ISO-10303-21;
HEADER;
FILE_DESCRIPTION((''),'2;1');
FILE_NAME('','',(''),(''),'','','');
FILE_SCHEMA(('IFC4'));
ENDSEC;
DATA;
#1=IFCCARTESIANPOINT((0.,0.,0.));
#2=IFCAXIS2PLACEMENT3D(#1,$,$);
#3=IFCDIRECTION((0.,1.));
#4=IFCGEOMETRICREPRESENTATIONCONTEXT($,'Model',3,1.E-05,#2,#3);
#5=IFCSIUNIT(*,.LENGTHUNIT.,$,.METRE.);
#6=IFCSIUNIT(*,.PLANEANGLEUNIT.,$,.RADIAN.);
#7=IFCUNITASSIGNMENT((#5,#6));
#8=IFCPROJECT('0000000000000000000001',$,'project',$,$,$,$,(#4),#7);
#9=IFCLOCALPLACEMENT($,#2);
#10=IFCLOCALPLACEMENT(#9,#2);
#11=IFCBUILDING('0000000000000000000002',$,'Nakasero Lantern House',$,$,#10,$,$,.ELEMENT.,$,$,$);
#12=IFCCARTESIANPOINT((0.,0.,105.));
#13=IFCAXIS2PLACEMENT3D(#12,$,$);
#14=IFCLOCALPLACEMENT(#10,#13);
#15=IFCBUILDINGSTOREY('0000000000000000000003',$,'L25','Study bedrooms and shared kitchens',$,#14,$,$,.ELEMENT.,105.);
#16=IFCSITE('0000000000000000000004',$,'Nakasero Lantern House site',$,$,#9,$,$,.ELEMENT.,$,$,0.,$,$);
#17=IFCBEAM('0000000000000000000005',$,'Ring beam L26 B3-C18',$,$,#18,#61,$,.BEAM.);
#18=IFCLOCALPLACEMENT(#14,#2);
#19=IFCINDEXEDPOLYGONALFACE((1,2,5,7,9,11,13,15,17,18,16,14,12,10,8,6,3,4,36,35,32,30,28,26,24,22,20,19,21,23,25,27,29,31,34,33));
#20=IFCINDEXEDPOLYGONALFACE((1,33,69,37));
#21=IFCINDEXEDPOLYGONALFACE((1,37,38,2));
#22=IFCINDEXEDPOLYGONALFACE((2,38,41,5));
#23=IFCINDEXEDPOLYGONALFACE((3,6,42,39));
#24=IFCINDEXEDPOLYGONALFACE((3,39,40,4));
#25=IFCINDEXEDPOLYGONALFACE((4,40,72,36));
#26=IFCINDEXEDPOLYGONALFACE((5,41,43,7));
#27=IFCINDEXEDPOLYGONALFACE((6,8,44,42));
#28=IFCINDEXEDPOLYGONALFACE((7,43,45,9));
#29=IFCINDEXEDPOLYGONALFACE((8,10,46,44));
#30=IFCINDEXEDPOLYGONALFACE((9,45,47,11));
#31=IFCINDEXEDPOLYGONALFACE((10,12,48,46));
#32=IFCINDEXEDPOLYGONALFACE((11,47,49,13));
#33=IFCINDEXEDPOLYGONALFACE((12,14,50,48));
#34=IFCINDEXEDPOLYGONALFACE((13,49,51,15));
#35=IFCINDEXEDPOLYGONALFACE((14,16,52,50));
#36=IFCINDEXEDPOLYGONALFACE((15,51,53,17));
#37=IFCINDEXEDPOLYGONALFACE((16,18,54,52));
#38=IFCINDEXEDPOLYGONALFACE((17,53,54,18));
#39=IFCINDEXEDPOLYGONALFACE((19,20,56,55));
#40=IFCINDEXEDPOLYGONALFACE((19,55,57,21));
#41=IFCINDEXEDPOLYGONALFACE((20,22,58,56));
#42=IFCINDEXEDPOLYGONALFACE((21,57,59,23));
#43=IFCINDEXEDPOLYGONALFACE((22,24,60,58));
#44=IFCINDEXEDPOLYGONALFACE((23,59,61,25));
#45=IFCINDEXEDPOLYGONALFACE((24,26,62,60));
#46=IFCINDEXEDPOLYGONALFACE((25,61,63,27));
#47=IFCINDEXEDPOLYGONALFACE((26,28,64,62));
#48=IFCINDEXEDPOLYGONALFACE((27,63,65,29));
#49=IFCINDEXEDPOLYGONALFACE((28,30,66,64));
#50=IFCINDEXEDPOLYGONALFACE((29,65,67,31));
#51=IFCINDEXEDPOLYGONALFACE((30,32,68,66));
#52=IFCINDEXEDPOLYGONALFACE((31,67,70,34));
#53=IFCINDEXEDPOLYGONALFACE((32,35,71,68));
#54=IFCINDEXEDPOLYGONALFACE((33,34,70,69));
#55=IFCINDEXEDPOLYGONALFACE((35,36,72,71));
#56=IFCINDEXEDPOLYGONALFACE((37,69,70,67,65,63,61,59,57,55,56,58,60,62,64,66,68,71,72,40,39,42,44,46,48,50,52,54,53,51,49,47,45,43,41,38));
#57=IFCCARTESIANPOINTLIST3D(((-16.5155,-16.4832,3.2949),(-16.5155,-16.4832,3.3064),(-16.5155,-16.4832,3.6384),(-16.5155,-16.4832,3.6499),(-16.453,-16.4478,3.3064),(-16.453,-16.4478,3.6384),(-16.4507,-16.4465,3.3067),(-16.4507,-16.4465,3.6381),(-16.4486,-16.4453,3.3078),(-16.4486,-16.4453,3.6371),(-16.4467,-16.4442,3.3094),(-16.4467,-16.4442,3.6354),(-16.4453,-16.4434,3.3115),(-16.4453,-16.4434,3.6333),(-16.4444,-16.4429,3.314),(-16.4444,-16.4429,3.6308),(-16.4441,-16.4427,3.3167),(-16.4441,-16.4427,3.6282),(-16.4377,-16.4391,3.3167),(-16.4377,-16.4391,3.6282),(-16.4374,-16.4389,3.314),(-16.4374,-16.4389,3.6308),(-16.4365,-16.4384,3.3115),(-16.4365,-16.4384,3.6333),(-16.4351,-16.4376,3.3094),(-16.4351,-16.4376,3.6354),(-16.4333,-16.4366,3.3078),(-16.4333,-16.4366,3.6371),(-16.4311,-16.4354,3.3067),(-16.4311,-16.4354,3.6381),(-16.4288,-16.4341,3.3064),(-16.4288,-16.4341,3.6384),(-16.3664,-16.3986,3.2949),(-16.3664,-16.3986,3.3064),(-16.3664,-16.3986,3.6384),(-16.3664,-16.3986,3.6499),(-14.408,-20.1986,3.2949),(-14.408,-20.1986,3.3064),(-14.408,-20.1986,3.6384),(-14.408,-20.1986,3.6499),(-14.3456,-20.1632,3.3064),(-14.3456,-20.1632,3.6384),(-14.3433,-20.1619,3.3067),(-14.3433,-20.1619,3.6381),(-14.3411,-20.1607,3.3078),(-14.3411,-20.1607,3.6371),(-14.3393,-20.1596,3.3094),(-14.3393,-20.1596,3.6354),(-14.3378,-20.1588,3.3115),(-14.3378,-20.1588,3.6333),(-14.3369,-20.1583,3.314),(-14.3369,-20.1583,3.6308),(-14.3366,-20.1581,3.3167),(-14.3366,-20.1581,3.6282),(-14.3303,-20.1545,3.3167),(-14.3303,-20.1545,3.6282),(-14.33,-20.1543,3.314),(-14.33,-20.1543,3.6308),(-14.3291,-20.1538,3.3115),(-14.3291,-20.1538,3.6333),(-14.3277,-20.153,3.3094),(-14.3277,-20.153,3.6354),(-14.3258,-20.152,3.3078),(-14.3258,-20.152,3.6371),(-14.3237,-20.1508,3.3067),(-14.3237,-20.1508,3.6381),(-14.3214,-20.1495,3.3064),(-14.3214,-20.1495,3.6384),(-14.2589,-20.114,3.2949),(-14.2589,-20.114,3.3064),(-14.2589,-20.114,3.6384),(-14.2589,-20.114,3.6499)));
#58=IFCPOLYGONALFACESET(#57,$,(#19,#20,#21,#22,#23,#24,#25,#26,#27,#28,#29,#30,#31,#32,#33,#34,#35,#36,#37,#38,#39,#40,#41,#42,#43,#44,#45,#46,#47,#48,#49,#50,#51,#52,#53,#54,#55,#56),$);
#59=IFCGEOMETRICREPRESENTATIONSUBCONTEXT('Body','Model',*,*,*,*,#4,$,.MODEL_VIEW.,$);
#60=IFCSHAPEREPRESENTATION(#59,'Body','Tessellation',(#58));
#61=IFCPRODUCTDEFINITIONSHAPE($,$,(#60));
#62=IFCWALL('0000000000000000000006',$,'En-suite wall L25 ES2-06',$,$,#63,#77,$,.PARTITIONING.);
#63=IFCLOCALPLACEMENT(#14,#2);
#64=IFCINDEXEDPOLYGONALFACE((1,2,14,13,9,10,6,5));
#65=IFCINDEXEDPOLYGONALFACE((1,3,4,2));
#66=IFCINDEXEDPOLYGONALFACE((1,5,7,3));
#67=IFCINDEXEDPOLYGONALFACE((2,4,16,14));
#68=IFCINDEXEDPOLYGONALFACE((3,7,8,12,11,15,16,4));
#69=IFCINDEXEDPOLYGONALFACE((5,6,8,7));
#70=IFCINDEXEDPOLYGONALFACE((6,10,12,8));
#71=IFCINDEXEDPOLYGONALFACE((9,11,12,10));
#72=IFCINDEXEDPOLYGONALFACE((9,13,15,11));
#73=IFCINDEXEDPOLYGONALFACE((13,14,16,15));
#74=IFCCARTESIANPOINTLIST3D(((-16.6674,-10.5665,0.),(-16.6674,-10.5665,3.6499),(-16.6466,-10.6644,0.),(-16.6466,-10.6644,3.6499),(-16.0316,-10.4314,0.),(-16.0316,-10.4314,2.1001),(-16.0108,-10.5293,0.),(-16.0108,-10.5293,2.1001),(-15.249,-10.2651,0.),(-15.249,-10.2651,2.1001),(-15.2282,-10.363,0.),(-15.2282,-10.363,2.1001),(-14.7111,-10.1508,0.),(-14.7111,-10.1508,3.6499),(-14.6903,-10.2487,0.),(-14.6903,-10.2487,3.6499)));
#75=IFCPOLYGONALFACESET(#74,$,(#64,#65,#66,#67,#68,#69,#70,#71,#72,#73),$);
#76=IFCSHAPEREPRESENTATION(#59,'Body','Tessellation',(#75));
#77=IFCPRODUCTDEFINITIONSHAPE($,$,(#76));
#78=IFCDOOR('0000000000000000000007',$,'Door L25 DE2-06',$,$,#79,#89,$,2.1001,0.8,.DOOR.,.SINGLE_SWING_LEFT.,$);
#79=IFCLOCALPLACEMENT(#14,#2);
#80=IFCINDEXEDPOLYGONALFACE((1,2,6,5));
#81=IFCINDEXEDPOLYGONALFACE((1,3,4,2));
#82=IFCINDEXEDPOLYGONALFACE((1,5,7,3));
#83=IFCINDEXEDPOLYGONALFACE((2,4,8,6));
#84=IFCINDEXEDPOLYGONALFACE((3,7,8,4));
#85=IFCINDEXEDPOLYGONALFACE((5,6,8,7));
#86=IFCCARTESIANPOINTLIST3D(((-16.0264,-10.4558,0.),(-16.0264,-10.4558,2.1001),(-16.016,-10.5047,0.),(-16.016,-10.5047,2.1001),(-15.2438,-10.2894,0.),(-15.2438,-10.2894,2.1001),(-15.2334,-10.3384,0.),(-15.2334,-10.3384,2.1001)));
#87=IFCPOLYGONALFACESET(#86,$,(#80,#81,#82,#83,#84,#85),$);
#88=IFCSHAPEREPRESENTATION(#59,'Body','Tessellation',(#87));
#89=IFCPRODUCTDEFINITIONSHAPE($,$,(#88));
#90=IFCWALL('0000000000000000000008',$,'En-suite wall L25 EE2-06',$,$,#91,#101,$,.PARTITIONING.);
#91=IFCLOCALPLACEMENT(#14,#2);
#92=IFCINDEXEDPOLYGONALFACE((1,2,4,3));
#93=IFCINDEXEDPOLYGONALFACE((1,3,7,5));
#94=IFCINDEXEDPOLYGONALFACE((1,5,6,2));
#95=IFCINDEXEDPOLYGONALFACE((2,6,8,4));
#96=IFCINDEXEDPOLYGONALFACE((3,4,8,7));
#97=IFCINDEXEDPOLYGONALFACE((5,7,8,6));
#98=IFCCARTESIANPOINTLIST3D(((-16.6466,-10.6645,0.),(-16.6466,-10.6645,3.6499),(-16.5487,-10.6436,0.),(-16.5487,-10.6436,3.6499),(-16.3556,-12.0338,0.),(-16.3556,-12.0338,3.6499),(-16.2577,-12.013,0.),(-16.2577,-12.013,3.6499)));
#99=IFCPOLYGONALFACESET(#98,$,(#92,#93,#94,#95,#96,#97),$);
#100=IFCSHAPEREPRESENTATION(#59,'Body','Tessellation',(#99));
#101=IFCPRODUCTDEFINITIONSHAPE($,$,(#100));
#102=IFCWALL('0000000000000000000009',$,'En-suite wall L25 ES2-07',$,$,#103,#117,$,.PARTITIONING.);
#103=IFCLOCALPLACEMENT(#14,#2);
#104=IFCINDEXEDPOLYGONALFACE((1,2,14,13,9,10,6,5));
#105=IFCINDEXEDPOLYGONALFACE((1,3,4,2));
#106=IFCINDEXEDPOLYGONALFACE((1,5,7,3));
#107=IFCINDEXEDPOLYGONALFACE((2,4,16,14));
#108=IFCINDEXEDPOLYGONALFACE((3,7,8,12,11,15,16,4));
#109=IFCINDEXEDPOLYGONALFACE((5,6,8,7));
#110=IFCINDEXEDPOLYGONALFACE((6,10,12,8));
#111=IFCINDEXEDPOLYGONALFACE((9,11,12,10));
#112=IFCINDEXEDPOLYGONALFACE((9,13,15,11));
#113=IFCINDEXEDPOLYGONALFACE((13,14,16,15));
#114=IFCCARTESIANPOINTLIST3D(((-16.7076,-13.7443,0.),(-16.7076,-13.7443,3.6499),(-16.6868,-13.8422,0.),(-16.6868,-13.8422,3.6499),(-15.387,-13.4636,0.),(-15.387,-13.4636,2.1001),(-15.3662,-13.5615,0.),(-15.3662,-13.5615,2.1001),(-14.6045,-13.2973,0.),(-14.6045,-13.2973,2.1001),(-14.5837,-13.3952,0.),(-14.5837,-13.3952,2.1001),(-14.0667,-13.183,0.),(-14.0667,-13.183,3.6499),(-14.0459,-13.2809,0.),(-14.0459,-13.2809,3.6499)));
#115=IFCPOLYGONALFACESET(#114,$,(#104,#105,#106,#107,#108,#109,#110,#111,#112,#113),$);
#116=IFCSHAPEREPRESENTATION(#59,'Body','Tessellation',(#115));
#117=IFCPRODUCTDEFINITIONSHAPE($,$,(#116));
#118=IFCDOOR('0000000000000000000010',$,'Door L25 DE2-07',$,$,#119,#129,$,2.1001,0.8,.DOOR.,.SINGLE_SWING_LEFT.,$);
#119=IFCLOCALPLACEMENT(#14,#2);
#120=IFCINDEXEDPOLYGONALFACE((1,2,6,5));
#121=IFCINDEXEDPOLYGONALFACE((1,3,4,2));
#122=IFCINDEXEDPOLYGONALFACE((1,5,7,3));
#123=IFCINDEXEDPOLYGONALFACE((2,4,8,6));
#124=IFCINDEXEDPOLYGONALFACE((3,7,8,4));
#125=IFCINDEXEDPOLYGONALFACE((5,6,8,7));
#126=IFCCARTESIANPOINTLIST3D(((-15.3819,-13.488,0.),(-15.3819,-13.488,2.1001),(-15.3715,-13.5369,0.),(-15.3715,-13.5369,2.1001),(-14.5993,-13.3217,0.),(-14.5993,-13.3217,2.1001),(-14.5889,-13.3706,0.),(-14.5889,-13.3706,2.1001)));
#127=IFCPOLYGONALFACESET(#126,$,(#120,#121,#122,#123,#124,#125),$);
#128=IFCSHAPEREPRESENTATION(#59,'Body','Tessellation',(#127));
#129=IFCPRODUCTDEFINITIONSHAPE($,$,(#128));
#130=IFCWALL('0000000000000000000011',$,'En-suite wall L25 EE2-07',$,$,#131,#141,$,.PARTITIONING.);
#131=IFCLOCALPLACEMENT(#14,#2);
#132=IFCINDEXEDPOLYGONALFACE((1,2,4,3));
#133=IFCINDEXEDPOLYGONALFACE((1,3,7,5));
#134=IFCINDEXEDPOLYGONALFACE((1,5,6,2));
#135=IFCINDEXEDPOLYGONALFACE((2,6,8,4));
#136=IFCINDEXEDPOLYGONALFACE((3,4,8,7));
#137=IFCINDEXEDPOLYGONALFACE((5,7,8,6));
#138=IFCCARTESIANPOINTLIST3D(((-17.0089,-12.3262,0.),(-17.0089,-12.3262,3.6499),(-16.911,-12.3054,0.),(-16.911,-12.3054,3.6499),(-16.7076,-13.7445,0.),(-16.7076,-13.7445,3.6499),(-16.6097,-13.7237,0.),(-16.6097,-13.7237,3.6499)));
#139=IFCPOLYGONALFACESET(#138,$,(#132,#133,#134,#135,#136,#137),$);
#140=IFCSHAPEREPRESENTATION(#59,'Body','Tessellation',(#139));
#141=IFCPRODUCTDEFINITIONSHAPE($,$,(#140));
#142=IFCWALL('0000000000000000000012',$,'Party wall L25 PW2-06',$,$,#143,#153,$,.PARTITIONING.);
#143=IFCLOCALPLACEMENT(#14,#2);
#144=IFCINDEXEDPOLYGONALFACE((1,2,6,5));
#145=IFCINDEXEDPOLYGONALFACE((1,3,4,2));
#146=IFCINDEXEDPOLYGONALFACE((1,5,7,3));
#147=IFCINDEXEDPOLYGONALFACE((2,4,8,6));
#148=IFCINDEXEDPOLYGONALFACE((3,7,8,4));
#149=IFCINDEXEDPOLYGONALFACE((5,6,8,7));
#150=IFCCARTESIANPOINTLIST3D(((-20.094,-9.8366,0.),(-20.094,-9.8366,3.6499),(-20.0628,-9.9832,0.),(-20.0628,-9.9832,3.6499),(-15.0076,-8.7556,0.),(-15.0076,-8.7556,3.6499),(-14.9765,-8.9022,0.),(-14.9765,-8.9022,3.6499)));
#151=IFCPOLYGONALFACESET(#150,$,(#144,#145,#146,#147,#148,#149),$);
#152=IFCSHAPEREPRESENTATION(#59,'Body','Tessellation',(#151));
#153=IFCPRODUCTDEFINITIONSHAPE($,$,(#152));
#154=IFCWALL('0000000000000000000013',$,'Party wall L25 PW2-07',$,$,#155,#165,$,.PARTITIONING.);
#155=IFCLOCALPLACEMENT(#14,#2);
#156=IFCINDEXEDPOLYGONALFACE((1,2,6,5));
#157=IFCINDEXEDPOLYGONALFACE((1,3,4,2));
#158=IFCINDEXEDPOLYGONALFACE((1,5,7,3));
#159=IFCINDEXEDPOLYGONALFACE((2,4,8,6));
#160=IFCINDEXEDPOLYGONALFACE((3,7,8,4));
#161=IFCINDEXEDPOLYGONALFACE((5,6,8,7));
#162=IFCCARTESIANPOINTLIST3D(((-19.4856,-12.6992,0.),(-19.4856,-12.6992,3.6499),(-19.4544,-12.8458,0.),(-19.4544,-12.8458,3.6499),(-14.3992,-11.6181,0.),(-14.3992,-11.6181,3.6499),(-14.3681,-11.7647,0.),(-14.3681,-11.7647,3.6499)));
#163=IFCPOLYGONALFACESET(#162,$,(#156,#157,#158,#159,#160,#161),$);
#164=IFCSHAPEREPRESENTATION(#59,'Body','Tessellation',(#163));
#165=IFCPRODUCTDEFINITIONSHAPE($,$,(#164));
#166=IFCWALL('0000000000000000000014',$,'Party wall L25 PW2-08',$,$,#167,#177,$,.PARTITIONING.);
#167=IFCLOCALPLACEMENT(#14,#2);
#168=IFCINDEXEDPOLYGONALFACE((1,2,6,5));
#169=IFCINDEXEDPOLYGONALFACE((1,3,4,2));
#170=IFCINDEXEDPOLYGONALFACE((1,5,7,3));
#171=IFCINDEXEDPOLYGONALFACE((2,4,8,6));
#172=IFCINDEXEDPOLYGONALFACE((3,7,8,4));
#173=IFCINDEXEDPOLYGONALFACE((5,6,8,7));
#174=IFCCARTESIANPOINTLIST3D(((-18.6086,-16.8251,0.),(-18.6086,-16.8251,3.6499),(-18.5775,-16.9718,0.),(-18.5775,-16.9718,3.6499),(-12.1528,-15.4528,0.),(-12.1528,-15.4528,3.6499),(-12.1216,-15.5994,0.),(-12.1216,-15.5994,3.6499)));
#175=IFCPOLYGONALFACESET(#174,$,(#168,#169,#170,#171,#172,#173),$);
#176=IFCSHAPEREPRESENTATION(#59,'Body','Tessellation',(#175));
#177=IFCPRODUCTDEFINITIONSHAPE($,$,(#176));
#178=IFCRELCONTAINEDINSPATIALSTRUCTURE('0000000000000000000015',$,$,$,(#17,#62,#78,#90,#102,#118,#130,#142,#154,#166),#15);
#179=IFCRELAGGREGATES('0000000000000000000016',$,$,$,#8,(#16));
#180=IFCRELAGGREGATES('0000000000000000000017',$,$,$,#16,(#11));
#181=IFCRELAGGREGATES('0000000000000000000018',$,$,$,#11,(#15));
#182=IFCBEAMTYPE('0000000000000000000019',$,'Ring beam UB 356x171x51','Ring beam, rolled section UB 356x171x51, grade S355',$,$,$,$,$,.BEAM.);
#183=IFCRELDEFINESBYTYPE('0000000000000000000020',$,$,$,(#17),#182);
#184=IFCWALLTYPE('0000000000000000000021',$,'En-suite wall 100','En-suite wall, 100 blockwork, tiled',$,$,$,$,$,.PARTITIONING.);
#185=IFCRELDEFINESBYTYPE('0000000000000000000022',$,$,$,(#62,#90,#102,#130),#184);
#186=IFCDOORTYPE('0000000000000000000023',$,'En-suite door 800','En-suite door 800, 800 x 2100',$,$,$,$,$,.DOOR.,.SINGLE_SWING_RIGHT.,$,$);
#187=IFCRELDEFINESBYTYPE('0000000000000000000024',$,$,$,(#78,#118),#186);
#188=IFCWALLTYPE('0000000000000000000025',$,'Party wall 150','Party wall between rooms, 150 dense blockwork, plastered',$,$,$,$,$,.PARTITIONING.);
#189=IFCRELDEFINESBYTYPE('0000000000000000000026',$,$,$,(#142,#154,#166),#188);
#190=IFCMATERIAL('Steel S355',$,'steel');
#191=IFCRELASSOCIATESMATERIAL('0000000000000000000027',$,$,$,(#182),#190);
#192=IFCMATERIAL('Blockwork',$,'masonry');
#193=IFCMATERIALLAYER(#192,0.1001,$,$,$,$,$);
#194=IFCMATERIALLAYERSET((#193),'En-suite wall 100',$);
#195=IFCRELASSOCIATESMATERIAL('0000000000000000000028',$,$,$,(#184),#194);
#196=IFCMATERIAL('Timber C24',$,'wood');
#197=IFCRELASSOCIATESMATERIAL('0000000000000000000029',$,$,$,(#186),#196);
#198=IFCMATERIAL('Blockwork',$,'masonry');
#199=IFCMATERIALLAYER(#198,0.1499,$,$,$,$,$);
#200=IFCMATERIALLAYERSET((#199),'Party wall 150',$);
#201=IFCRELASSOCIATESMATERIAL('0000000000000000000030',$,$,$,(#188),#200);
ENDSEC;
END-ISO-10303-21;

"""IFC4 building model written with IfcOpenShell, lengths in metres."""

from ifc_helpers import new_model, si_unit, direction, frame, frame_2d, origin, origin_2d, place, context, subcontext, project, spatial, rectangle, i_section, extrude, material, layer, layer_set, material_profile, profile_set, type_object, element, fill, save


model = new_model("IFC4")

# Units and contexts
model_context = context("Model", 3, precision=1e-05, world=origin(), true_north=direction((0.0, 1.0)))
body_context = subcontext(model_context, "Body", "Model", "MODEL_VIEW")
ifc_project = project(units=[si_unit("LENGTHUNIT", "METRE"), si_unit("PLANEANGLEUNIT", "RADIAN")], contexts=[model_context])

# Site, building, storey
site_placement = place(None, origin())
site = spatial("IfcSite", under=ifc_project, at=site_placement, Name="Nakasero Lantern House site", CompositionType="ELEMENT", RefElevation=0.0)
building_placement = place(site_placement, origin())
building = spatial("IfcBuilding", under=site, at=building_placement, Name="Nakasero Lantern House", CompositionType="ELEMENT")
storey_placement = place(building_placement, frame((0.0, 0.0, 105.0)))
storey = spatial("IfcBuildingStorey", under=building, at=storey_placement, Name="L25", Description="Study bedrooms and shared kitchens", CompositionType="ELEMENT", Elevation=105.0)

# Beam
ifc_material_1 = material(Name="Steel S355", Category="steel")
ifc_material_profile_1 = material_profile(ifc_material_1, i_section(OverallWidth=0.1714, OverallDepth=0.355, WebThickness=0.0073, FlangeThickness=0.0115, FilletRadius=0.0103, at=origin_2d()), Name="UB 356x171x51")
ifc_profile_set_1 = profile_set([ifc_material_profile_1], Name="Steel S355")
beam_type_1 = type_object("IfcBeamType", Name="Ring beam UB 356x171x51", Description="Ring beam, rolled section UB 356x171x51, grade S355", PredefinedType="BEAM", material=ifc_profile_set_1)
beam_1_placement = place(storey_placement, frame((-16.4409, -16.4409, 3.4724), z_axis=(0.493379, -0.869815, 0.0), x_axis=(0.869815, 0.493379, 0.0)))
element("IfcBeam", 1, at=beam_1_placement, inside=storey, type_object=beam_type_1, Name="Ring beam L26 B3-C18", PredefinedType="BEAM", context=body_context, shape_type="SweptSolid", body=[
    extrude(i_section(OverallWidth=0.1714, OverallDepth=0.355, WebThickness=0.0073, FlangeThickness=0.0115, FilletRadius=0.0103, at=origin_2d()), origin(), (0.0, 0.0, 1.0), 4.2715),
])

# Wall, opening, door
ifc_material_2 = material(Name="Blockwork", Category="masonry")
ifc_layer_1 = layer(ifc_material_2, 0.1001)
ifc_layer_set_1 = layer_set([ifc_layer_1], Name="En-suite wall 100")
wall_type_1 = type_object("IfcWallType", Name="En-suite wall 100", Description="En-suite wall, 100 blockwork, tiled", PredefinedType="PARTITIONING", material=ifc_layer_set_1)
wall_1_placement = place(storey_placement, frame((-14.7007, -10.1997, 0.0), z_axis=(0.0, 0.0, 1.0), x_axis=(-0.978153, -0.207886, 0.0)))
wall_1 = element("IfcWall", 2, at=wall_1_placement, inside=storey, type_object=wall_type_1, Name="En-suite wall L25 ES2-06", PredefinedType="PARTITIONING", context=body_context, shape_type="SweptSolid", body=[
    extrude(rectangle(XDim=2.0, YDim=0.1001, at=frame_2d((1.0, 0.0))), origin(), (0.0, 0.0, 1.0), 3.6499),
])
opening_1_placement = place(wall_1_placement, frame((0.55, 0.0, 0.0)))
opening_1 = element("IfcOpeningElement", 3, at=opening_1_placement, cuts=wall_1, PredefinedType="OPENING", context=body_context, shape_type="SweptSolid", body=[
    extrude(rectangle(XDim=0.8, YDim=2.1001, at=frame_2d((0.3999, 1.05))), frame((0.0, 0.0701, 0.0), z_axis=(0.0, -1.0, 0.0), x_axis=(1.0, 0.0, 0.0)), (0.0, 0.0, 1.0), 0.1401),
])
ifc_material_3 = material(Name="Timber C24", Category="wood")
door_type = type_object("IfcDoorType", Name="En-suite door 800", Description="En-suite door 800, 800 x 2100", OperationType="SINGLE_SWING_RIGHT", PredefinedType="DOOR", material=ifc_material_3)
door_1_placement = place(opening_1_placement, origin())
door_1 = element("IfcDoor", 4, at=door_1_placement, inside=storey, type_object=door_type, Name="Door L25 DE2-06", OperationType="SINGLE_SWING_LEFT", OverallHeight=2.1001, OverallWidth=0.8, PredefinedType="DOOR", context=body_context, shape_type="SweptSolid", body=[
    extrude(rectangle(XDim=0.8, YDim=2.1001, at=frame_2d((0.3999, 1.05))), frame((0.0, 0.0249, 0.0), z_axis=(0.0, -1.0, 0.0), x_axis=(1.0, 0.0, 0.0)), (0.0, 0.0, 1.0), 0.05),
])
fill(opening_1, door_1)

# Wall
wall_2_placement = place(storey_placement, frame((-16.5977, -10.6541, 0.0), z_axis=(0.0, 0.0, 1.0), x_axis=(0.207873, -0.978156, 0.0)))
element("IfcWall", 5, at=wall_2_placement, inside=storey, type_object=wall_type_1, Name="En-suite wall L25 EE2-06", PredefinedType="PARTITIONING", context=body_context, shape_type="SweptSolid", body=[
    extrude(rectangle(XDim=1.3999, YDim=0.1001, at=frame_2d((0.7, 0.0))), origin(), (0.0, 0.0, 1.0), 3.6499),
])

# Wall, opening, door
wall_3_placement = place(storey_placement, frame((-14.0562, -13.2319, 0.0), z_axis=(0.0, 0.0, 1.0), x_axis=(-0.978152, -0.207892, 0.0)))
wall_3 = element("IfcWall", 6, at=wall_3_placement, inside=storey, type_object=wall_type_1, Name="En-suite wall L25 ES2-07", PredefinedType="PARTITIONING", context=body_context, shape_type="SweptSolid", body=[
    extrude(rectangle(XDim=2.7, YDim=0.1001, at=frame_2d((1.3501, 0.0))), origin(), (0.0, 0.0, 1.0), 3.6499),
])
opening_2_placement = place(wall_3_placement, frame((0.55, 0.0, 0.0)))
opening_2 = element("IfcOpeningElement", 7, at=opening_2_placement, cuts=wall_3, PredefinedType="OPENING", context=body_context, shape_type="SweptSolid", body=[
    extrude(rectangle(XDim=0.8, YDim=2.1001, at=frame_2d((0.3999, 1.05))), frame((0.0, 0.0701, 0.0), z_axis=(0.0, -1.0, 0.0), x_axis=(1.0, 0.0, 0.0)), (0.0, 0.0, 1.0), 0.1401),
])
door_2_placement = place(opening_2_placement, origin())
door_2 = element("IfcDoor", 8, at=door_2_placement, inside=storey, type_object=door_type, Name="Door L25 DE2-07", OperationType="SINGLE_SWING_LEFT", OverallHeight=2.1001, OverallWidth=0.8, PredefinedType="DOOR", context=body_context, shape_type="SweptSolid", body=[
    extrude(rectangle(XDim=0.8, YDim=2.1001, at=frame_2d((0.3999, 1.05))), frame((0.0, 0.0249, 0.0), z_axis=(0.0, -1.0, 0.0), x_axis=(1.0, 0.0, 0.0)), (0.0, 0.0, 1.0), 0.05),
])
fill(opening_2, door_2)

# Walls
wall_4_placement = place(storey_placement, frame((-16.96, -12.3157, 0.0), z_axis=(0.0, 0.0, 1.0), x_axis=(0.207792, -0.978173, 0.0)))
element("IfcWall", 9, at=wall_4_placement, inside=storey, type_object=wall_type_1, Name="En-suite wall L25 EE2-07", PredefinedType="PARTITIONING", context=body_context, shape_type="SweptSolid", body=[
    extrude(rectangle(XDim=1.45, YDim=0.1001, at=frame_2d((0.7251, 0.0))), origin(), (0.0, 0.0, 1.0), 3.6499),
])
ifc_material_4 = material(Name="Blockwork", Category="masonry")
ifc_layer_2 = layer(ifc_material_4, 0.1499)
ifc_layer_set_2 = layer_set([ifc_layer_2], Name="Party wall 150")
wall_type_2 = type_object("IfcWallType", Name="Party wall 150", Description="Party wall between rooms, 150 dense blockwork, plastered", PredefinedType="PARTITIONING", material=ifc_layer_set_2)
for number, where, z_axis, x_axis, name in (
    (10, (-14.9919, -8.8289, 0.0), (0.0, 0.0, 1.0), (-0.978151, -0.207894, 0.0), "Party wall L25 PW2-06"),
    (11, (-14.3835, -11.6914, 0.0), (0.0, 0.0, 1.0), (-0.978151, -0.207894, 0.0), "Party wall L25 PW2-07"),
):
    element("IfcWall", number, at=place(storey_placement, frame(where, z_axis=z_axis, x_axis=x_axis)), inside=storey, type_object=wall_type_2, Name=name, PredefinedType="PARTITIONING", context=body_context, shape_type="SweptSolid", body=[
        extrude(rectangle(XDim=5.2, YDim=0.1499, at=frame_2d((2.6001, 0.0))), origin(), (0.0, 0.0, 1.0), 3.6499),
    ])
wall_5_placement = place(storey_placement, frame((-12.1372, -15.5261, 0.0), z_axis=(0.0, 0.0, 1.0), x_axis=(-0.978145, -0.207925, 0.0)))
element("IfcWall", 12, at=wall_5_placement, inside=storey, type_object=wall_type_2, Name="Party wall L25 PW2-08", PredefinedType="PARTITIONING", context=body_context, shape_type="SweptSolid", body=[
    extrude(rectangle(XDim=6.6001, YDim=0.1499, at=frame_2d((3.3, 0.0))), origin(), (0.0, 0.0, 1.0), 3.6499),
])

save(model, "model.ifc")
